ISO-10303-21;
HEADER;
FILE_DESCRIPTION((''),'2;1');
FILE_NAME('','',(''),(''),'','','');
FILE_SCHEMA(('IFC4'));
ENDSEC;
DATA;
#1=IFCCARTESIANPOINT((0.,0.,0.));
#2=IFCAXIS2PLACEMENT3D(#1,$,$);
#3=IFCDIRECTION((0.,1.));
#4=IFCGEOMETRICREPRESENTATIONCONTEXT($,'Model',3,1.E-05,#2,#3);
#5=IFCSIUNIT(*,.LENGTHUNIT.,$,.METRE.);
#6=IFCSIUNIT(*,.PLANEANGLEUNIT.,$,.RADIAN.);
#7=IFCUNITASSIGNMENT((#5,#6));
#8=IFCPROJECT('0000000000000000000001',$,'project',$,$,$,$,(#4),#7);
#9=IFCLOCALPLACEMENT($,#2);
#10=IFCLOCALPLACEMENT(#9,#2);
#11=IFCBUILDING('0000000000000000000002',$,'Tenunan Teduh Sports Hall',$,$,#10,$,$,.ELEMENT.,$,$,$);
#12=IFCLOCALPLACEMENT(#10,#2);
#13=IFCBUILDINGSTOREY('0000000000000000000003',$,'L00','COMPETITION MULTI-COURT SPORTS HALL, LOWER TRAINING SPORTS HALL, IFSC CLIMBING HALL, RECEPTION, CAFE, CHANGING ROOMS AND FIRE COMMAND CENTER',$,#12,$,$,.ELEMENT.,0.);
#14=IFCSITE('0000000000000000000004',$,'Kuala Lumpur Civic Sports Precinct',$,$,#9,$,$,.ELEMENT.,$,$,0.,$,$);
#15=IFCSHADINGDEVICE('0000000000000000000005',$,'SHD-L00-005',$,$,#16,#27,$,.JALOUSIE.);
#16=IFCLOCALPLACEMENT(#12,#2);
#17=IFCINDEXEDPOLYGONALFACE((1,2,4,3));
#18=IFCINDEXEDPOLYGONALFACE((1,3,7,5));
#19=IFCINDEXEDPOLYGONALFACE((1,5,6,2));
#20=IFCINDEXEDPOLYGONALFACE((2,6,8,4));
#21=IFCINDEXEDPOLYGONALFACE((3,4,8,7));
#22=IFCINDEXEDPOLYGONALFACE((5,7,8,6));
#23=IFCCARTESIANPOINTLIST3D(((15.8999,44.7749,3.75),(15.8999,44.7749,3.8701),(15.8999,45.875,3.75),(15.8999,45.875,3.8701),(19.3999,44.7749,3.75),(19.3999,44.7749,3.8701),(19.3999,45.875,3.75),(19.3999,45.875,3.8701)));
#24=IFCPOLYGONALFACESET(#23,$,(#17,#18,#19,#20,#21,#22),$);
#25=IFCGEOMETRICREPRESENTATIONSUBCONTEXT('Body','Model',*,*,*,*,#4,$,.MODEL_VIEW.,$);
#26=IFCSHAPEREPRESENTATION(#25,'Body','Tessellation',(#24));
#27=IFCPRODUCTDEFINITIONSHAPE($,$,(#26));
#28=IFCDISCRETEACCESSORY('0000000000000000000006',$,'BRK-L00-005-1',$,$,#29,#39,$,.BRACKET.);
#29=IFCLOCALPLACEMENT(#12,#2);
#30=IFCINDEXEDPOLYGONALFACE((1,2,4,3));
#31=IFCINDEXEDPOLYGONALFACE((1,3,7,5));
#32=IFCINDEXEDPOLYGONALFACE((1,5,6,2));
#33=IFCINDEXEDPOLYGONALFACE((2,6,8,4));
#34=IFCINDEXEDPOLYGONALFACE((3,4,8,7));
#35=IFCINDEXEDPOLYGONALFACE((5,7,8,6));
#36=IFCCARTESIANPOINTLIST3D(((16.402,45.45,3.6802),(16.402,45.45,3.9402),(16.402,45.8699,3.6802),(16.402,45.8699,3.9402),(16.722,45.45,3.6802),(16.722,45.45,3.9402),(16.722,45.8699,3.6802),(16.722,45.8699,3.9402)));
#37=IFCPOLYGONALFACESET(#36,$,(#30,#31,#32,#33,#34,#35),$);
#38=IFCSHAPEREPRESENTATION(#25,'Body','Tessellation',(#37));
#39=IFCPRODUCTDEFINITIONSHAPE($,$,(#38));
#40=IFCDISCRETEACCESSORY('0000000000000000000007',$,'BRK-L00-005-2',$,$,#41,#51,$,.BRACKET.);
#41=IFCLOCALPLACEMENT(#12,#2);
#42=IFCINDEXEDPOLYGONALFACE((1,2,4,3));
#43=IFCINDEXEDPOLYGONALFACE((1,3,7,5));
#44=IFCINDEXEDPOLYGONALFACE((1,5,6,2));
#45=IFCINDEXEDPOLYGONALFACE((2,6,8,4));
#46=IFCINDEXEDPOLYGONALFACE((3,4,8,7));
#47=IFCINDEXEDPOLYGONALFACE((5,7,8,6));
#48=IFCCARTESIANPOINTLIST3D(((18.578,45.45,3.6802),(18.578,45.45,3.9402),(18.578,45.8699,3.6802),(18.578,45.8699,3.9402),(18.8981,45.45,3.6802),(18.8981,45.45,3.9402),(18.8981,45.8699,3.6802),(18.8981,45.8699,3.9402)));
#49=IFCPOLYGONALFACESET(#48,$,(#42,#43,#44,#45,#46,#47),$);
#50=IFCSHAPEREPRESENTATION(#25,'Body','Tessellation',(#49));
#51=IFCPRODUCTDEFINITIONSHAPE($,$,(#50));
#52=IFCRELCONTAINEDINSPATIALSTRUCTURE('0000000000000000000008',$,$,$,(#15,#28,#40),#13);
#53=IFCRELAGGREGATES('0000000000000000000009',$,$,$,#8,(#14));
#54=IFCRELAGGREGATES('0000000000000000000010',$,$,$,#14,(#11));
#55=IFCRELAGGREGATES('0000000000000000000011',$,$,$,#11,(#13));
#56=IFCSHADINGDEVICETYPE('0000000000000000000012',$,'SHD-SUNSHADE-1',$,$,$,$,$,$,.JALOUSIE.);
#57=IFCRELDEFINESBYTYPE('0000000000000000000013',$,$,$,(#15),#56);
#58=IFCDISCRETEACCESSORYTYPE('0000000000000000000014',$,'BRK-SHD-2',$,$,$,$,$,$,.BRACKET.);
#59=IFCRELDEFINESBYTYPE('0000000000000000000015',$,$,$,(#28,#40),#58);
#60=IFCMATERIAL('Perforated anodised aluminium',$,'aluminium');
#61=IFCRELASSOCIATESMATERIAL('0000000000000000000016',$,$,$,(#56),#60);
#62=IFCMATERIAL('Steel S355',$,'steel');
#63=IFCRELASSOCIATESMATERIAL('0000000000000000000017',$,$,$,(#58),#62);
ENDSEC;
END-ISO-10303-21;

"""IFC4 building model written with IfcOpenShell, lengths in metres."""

from ifc_helpers import new_model, si_unit, direction, frame, origin, origin_2d, place, context, subcontext, project, spatial, rectangle, extrude, material, type_object, element, save


model = new_model("IFC4")

# Units and contexts
model_context = context("Model", 3, precision=1e-05, world=origin(), true_north=direction((0.0, 1.0)))
body_context = subcontext(model_context, "Body", "Model", "MODEL_VIEW")
ifc_project = project(units=[si_unit("LENGTHUNIT", "METRE"), si_unit("PLANEANGLEUNIT", "RADIAN")], contexts=[model_context])

# Site, building, storey
site_placement = place(None, origin())
site = spatial("IfcSite", under=ifc_project, at=site_placement, Name="Kuala Lumpur Civic Sports Precinct", CompositionType="ELEMENT", RefElevation=0.0)
building_placement = place(site_placement, origin())
building = spatial("IfcBuilding", under=site, at=building_placement, Name="Tenunan Teduh Sports Hall", CompositionType="ELEMENT")
storey_placement = place(building_placement, origin())
storey = spatial("IfcBuildingStorey", under=building, at=storey_placement, Name="L00", Description="COMPETITION MULTI-COURT SPORTS HALL, LOWER TRAINING SPORTS HALL, IFSC CLIMBING HALL, RECEPTION, CAFE, CHANGING ROOMS AND FIRE COMMAND CENTER", CompositionType="ELEMENT", Elevation=0.0)

# Shading device
ifc_material_1 = material(Name="Perforated anodised aluminium", Category="aluminium")
shading_device_type = type_object("IfcShadingDeviceType", Name="SHD-SUNSHADE-1", PredefinedType="JALOUSIE", material=ifc_material_1)
shading_device_placement = place(storey_placement, frame((17.6499, 45.325, 3.75), z_axis=(0.0, 0.0, 1.0), x_axis=(1.0, 0.0, 0.0)))
element("IfcShadingDevice", 1, at=shading_device_placement, inside=storey, type_object=shading_device_type, Name="SHD-L00-005", PredefinedType="JALOUSIE", context=body_context, shape_type="SweptSolid", body=[
    extrude(rectangle(XDim=3.5, YDim=1.1001, at=origin_2d()), origin(), (0.0, 0.0, 1.0), 0.1201),
])

# Discrete accessories
ifc_material_2 = material(Name="Steel S355", Category="steel")
discrete_accessory_type = type_object("IfcDiscreteAccessoryType", Name="BRK-SHD-2", PredefinedType="BRACKET", material=ifc_material_2)
for number, where, z_axis, x_axis, name in (
    (2, (16.562, 45.6599, 3.6802), (0.0, 0.0, 1.0), (1.0, 0.0, 0.0), "BRK-L00-005-1"),
    (3, (18.738, 45.6599, 3.6802), (0.0, 0.0, 1.0), (1.0, 0.0, 0.0), "BRK-L00-005-2"),
):
    element("IfcDiscreteAccessory", number, at=place(storey_placement, frame(where, z_axis=z_axis, x_axis=x_axis)), inside=storey, type_object=discrete_accessory_type, Name=name, PredefinedType="BRACKET", context=body_context, shape_type="SweptSolid", body=[
        extrude(rectangle(XDim=0.3201, YDim=0.4199, at=origin_2d()), origin(), (0.0, 0.0, 1.0), 0.26),
    ])

save(model, "model.ifc")
